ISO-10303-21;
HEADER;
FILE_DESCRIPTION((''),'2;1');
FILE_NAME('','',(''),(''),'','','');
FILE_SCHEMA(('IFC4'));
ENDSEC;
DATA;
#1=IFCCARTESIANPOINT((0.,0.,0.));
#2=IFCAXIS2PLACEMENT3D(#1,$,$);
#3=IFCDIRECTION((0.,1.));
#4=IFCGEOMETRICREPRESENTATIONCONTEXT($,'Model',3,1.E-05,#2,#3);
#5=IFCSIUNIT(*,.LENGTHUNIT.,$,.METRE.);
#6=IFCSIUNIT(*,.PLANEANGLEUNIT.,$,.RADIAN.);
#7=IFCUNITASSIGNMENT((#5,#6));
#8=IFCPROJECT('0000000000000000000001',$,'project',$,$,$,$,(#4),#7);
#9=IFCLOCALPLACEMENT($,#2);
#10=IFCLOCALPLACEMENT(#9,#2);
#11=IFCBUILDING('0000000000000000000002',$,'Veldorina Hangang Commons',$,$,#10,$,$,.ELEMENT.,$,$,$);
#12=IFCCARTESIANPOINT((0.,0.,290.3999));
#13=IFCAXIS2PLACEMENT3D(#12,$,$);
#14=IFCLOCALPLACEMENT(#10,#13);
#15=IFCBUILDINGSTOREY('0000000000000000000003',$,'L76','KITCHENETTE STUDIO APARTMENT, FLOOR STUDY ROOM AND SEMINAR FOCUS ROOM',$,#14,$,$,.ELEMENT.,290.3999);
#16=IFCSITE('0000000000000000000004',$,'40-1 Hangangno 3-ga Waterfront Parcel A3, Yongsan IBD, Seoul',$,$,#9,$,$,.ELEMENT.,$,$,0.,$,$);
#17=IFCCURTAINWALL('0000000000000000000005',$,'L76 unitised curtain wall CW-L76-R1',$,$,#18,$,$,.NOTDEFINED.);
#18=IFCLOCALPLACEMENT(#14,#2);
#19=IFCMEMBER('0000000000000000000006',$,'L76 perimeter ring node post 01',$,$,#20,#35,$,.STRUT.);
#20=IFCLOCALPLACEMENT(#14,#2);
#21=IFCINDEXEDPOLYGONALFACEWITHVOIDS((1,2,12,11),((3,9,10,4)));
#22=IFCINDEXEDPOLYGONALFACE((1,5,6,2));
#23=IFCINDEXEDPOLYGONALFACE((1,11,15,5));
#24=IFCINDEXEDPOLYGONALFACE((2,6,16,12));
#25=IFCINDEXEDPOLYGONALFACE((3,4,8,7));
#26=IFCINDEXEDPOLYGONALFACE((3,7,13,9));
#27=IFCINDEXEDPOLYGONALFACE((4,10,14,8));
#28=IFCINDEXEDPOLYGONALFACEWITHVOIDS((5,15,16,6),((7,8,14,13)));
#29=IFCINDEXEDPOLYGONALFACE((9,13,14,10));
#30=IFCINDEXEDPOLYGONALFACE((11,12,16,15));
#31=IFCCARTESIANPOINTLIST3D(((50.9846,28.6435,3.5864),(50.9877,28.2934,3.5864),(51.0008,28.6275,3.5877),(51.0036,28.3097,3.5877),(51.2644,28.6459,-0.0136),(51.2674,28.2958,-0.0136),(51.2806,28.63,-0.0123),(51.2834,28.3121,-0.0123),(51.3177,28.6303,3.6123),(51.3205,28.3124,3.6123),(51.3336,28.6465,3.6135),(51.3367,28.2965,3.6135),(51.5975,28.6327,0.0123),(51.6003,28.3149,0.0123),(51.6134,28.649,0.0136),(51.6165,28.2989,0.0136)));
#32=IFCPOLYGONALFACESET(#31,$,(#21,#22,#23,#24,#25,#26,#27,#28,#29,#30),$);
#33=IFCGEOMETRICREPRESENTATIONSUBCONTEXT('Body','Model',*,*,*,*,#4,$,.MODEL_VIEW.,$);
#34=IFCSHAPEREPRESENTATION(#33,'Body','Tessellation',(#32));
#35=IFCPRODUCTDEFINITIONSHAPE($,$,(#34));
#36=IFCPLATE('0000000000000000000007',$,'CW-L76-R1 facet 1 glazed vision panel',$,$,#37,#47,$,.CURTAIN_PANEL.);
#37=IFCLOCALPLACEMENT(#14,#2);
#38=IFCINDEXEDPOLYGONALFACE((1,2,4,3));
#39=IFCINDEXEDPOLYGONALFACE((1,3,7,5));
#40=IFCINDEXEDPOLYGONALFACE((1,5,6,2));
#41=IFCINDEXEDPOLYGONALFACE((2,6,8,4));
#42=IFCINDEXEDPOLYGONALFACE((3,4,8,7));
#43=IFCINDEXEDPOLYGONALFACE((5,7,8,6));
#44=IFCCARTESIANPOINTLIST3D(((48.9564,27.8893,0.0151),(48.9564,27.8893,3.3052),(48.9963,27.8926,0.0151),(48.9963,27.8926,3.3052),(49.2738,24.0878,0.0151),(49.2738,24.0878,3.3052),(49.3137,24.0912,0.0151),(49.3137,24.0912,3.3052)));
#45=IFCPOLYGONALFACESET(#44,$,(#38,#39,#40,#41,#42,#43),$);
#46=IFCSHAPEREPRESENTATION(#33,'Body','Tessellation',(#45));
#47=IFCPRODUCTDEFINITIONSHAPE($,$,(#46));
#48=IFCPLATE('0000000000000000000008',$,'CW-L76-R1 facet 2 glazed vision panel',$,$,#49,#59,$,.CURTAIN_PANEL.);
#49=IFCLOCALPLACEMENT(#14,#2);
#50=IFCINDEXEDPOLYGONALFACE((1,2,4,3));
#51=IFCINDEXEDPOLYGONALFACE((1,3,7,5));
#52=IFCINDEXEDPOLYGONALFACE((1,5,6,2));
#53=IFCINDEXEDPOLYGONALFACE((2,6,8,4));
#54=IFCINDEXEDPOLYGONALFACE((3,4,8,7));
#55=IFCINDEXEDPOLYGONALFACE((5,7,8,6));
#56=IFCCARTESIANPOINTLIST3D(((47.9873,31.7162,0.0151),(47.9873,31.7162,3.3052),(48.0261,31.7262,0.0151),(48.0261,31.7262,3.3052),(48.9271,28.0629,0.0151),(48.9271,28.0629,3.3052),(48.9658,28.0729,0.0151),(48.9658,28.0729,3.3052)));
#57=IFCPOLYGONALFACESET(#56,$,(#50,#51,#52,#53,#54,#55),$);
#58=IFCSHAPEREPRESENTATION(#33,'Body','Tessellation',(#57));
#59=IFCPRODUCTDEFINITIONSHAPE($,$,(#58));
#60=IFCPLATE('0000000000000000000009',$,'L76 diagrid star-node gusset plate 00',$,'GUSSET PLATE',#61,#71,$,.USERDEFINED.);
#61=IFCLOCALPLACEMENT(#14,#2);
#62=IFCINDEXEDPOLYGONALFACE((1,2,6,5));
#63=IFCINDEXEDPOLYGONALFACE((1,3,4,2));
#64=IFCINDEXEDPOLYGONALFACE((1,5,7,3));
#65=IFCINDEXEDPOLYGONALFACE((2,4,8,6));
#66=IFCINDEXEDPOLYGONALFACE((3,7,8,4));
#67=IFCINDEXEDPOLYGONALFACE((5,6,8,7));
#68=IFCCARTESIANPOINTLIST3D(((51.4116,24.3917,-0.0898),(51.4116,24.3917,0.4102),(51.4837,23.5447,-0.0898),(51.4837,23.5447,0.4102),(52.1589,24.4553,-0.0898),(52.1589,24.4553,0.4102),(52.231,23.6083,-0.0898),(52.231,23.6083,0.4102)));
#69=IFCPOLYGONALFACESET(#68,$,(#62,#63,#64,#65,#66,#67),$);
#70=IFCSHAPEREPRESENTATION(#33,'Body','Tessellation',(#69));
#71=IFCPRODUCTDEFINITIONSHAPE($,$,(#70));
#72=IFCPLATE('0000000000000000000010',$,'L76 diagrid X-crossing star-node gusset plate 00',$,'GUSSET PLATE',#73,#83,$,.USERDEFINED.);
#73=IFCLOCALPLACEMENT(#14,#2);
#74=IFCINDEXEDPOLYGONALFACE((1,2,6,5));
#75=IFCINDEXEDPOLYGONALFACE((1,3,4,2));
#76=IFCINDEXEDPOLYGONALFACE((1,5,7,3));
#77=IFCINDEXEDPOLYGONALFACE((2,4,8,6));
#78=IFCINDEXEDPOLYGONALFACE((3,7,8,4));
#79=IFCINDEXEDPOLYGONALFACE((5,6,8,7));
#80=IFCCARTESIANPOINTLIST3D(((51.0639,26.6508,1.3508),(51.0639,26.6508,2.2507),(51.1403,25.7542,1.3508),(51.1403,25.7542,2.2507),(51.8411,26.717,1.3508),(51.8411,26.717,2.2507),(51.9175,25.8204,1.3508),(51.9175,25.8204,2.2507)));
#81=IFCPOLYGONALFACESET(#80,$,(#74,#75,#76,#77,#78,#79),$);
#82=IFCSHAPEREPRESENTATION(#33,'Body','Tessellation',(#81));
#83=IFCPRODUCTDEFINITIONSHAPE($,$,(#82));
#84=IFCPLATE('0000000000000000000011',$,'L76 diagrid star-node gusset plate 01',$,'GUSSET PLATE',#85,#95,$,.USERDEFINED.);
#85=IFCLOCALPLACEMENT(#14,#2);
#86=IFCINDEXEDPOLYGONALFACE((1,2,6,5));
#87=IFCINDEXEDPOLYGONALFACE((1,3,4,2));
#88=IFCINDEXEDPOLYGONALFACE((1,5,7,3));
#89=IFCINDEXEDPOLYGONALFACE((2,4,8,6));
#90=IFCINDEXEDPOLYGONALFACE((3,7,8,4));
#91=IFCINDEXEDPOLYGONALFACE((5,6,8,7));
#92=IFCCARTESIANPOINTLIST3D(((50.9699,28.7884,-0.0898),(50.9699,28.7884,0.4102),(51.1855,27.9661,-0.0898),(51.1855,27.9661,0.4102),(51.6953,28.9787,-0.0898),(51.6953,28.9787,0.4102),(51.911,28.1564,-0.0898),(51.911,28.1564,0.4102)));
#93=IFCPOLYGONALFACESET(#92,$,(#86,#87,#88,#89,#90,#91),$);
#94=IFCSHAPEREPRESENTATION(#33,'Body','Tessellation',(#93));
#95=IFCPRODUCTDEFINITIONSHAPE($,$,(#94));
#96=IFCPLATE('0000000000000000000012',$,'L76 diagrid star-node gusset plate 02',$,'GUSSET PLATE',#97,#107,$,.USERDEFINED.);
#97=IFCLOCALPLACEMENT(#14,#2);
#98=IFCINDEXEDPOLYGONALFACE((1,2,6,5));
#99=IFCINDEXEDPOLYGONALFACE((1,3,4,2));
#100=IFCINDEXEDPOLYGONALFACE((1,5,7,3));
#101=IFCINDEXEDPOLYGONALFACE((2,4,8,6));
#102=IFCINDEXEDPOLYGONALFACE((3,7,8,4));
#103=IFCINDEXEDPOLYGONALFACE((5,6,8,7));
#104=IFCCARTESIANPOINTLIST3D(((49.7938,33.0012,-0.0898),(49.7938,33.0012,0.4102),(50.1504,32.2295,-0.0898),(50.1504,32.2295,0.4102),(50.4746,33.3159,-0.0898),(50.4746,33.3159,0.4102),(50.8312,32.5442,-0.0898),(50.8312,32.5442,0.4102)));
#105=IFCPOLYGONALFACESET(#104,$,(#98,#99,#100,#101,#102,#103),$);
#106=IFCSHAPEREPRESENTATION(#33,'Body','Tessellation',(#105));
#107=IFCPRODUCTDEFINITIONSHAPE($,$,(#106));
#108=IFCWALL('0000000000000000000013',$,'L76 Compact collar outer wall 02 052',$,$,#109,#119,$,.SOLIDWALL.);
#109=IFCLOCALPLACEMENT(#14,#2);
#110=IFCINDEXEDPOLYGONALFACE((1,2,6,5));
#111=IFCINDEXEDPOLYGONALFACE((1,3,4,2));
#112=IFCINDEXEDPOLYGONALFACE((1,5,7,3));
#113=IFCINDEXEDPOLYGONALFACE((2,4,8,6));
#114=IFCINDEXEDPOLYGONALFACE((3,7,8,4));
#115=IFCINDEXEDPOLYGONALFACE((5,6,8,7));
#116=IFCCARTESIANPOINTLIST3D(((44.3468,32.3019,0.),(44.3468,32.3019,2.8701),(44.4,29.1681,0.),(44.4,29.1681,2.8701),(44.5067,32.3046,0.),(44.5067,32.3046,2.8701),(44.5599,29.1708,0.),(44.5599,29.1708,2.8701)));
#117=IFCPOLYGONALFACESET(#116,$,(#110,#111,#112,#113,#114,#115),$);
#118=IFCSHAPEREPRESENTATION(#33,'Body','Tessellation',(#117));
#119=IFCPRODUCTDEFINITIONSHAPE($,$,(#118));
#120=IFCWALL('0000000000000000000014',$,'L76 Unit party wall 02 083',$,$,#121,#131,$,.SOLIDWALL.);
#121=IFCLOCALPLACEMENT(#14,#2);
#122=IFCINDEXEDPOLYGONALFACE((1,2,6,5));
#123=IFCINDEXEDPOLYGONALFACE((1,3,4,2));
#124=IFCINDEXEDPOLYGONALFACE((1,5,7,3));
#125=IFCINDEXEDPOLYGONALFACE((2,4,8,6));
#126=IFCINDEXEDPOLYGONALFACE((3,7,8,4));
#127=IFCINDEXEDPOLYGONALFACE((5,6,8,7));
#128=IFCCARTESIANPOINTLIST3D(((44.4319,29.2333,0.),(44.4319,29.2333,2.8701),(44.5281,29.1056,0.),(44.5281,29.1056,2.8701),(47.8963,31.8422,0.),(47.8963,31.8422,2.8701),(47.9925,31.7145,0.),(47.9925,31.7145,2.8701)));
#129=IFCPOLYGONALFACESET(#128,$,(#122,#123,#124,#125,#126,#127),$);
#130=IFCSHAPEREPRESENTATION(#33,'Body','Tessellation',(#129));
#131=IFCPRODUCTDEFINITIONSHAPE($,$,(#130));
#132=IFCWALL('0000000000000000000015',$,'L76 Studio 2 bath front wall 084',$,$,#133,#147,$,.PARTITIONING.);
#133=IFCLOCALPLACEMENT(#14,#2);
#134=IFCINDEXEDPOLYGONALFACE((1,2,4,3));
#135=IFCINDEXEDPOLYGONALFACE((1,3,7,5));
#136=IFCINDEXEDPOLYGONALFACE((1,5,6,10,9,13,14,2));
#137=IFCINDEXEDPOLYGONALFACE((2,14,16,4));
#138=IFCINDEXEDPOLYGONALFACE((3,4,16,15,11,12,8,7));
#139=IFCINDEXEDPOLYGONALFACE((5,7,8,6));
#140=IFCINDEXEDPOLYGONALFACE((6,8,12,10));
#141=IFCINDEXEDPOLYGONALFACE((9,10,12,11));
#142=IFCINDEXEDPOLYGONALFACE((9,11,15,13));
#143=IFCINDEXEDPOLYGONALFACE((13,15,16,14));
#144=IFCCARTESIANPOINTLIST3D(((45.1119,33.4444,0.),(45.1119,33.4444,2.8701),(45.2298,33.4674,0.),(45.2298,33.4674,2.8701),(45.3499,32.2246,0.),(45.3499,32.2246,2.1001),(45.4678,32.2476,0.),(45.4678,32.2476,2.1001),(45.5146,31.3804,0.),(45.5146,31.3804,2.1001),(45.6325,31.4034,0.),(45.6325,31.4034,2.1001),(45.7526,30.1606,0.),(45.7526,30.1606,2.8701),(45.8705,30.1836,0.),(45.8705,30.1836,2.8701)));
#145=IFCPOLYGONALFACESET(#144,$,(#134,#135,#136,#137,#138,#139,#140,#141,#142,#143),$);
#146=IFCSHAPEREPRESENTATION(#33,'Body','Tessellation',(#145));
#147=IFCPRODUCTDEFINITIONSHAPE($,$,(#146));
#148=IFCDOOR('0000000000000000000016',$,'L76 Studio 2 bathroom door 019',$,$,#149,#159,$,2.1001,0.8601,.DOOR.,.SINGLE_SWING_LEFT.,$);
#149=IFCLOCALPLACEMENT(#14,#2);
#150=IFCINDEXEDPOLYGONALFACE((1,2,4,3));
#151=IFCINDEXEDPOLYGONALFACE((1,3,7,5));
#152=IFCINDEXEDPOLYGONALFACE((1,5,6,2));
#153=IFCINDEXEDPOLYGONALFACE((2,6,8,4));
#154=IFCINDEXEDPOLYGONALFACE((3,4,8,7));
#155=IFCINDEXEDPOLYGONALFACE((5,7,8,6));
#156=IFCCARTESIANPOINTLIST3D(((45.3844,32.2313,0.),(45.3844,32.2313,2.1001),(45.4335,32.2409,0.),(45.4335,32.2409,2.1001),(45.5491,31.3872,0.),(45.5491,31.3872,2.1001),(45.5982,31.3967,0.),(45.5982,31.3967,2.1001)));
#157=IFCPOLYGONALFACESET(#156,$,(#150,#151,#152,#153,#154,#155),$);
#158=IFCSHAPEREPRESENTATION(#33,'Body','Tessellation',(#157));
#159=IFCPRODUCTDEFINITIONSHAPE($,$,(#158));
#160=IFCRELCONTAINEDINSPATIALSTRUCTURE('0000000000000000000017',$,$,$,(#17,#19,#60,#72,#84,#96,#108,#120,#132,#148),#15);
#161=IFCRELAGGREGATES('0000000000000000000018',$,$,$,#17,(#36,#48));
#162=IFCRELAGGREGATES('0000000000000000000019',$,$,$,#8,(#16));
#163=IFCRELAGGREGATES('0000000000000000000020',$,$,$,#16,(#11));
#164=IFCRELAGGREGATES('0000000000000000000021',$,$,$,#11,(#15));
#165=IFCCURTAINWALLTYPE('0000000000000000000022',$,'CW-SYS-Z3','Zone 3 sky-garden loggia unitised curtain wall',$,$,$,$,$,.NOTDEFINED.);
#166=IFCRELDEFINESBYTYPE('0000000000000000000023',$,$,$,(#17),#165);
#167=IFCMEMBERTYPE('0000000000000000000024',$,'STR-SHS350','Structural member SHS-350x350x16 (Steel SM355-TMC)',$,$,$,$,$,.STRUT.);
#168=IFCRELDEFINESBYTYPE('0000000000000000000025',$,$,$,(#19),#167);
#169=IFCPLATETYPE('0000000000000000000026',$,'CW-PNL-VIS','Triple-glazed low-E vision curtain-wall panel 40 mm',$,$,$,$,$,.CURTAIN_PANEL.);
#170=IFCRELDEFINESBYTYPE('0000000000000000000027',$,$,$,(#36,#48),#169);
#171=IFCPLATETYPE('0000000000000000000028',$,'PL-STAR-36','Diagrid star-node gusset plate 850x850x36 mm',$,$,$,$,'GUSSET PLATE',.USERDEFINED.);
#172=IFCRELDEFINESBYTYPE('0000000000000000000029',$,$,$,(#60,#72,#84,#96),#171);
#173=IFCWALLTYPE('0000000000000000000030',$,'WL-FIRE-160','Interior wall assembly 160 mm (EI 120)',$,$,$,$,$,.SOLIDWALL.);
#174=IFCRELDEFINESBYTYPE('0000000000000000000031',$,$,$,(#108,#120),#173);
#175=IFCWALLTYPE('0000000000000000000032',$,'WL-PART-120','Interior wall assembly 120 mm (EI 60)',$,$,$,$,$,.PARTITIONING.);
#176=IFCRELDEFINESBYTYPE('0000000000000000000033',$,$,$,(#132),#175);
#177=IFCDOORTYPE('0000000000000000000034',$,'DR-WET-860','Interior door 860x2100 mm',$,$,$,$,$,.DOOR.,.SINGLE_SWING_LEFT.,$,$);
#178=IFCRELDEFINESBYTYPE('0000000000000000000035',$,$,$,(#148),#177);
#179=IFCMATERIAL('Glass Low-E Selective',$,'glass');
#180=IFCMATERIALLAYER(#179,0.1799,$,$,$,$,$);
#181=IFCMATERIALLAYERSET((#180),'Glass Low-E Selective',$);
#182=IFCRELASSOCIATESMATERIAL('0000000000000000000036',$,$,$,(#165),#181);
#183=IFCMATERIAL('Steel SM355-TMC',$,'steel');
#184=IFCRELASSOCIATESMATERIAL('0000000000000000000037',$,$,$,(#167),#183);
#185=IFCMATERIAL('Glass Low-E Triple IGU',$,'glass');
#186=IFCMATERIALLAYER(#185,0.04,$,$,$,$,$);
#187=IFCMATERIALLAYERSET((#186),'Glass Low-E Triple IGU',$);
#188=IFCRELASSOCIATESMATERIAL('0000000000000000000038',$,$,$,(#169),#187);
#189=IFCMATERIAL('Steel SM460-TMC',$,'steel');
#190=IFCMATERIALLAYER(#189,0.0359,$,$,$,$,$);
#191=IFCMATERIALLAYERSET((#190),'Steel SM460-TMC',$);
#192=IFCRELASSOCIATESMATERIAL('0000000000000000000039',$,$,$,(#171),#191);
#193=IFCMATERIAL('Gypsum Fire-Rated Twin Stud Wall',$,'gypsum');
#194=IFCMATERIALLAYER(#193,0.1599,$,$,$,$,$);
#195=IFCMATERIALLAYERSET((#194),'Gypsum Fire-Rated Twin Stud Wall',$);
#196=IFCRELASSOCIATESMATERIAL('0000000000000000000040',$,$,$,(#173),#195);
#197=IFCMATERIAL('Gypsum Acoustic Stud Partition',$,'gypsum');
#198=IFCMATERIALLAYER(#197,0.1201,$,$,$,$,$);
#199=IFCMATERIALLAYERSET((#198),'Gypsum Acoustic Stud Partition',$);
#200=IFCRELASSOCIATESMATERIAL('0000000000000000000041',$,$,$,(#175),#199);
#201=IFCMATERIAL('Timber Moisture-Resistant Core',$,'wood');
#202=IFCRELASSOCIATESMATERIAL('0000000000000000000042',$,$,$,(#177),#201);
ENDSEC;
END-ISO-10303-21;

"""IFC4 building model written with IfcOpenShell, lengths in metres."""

from ifc_helpers import new_model, si_unit, direction, frame, frame_2d, origin, origin_2d, place, context, subcontext, project, spatial, rectangle, hollow_rectangle, extrude, material, layer, layer_set, material_profile, profile_set, type_object, element, fill, aggregate, save


model = new_model("IFC4")

# Units and contexts
model_context = context("Model", 3, precision=1e-05, world=origin(), true_north=direction((0.0, 1.0)))
body_context = subcontext(model_context, "Body", "Model", "MODEL_VIEW")
ifc_project = project(units=[si_unit("LENGTHUNIT", "METRE"), si_unit("PLANEANGLEUNIT", "RADIAN")], contexts=[model_context])

# Site, building, storey
site_placement = place(None, origin())
site = spatial("IfcSite", under=ifc_project, at=site_placement, Name="40-1 Hangangno 3-ga Waterfront Parcel A3, Yongsan IBD, Seoul", CompositionType="ELEMENT", RefElevation=0.0)
building_placement = place(site_placement, origin())
building = spatial("IfcBuilding", under=site, at=building_placement, Name="Veldorina Hangang Commons", CompositionType="ELEMENT")
storey_placement = place(building_placement, frame((0.0, 0.0, 290.3999)))
storey = spatial("IfcBuildingStorey", under=building, at=storey_placement, Name="L76", Description="KITCHENETTE STUDIO APARTMENT, FLOOR STUDY ROOM AND SEMINAR FOCUS ROOM", CompositionType="ELEMENT", Elevation=290.3999)

# Shared definitions
ifc_material_1 = material(Name="Steel SM355-TMC", Category="steel")

# Curtain wall
ifc_material_2 = material(Name="Glass Low-E Selective", Category="glass")
ifc_layer_1 = layer(ifc_material_2, 0.1799)
ifc_layer_set_1 = layer_set([ifc_layer_1], Name="Glass Low-E Selective")
curtain_wall_type = type_object("IfcCurtainWallType", Name="CW-SYS-Z3", Description="Zone 3 sky-garden loggia unitised curtain wall", PredefinedType="NOTDEFINED", material=ifc_layer_set_1)
curtain_wall_placement = place(storey_placement, origin())
curtain_wall = element("IfcCurtainWall", 1, at=curtain_wall_placement, inside=storey, type_object=curtain_wall_type, Name="L76 unitised curtain wall CW-L76-R1", PredefinedType="NOTDEFINED")

# Member
ifc_material_profile_1 = material_profile(ifc_material_1, hollow_rectangle(XDim=0.3501, YDim=0.3501, WallThickness=0.0161, at=origin_2d()), Name="SHS-350x350x16")
ifc_profile_set_1 = profile_set([ifc_material_profile_1], Name="Steel SM355-TMC")
member_type_1 = type_object("IfcMemberType", Name="STR-SHS350", Description="Structural member SHS-350x350x16 (Steel SM355-TMC)", PredefinedType="STRUT", material=ifc_profile_set_1)
member_1_placement = place(storey_placement, frame((51.4404, 28.4724, 0.0), z_axis=(-0.077482, -0.000676, 0.996993), x_axis=(0.008726, -0.999962, 0.0)))
element("IfcMember", 2, at=member_1_placement, inside=storey, type_object=member_type_1, Name="L76 perimeter ring node post 01", PredefinedType="STRUT", context=body_context, shape_type="SweptSolid", body=[
    extrude(hollow_rectangle(XDim=0.3501, YDim=0.3501, WallThickness=0.0161, at=origin_2d()), origin(), (0.0, 0.0, 1.0), 3.6108),
])

# Plates
ifc_material_3 = material(Name="Glass Low-E Triple IGU", Category="glass")
ifc_layer_2 = layer(ifc_material_3, 0.04)
ifc_layer_set_2 = layer_set([ifc_layer_2], Name="Glass Low-E Triple IGU")
plate_type_1 = type_object("IfcPlateType", Name="CW-PNL-VIS", Description="Triple-glazed low-E vision curtain-wall panel 40 mm", PredefinedType="CURTAIN_PANEL", material=ifc_layer_set_2)
plate_1_placement = place(storey_placement, frame((49.135, 25.9902, 0.0151), z_axis=(0.0, 0.0, 1.0), x_axis=(-0.083208, 0.996532, 0.0)))
plate_1 = element("IfcPlate", 3, at=plate_1_placement, type_object=plate_type_1, Name="CW-L76-R1 facet 1 glazed vision panel", PredefinedType="CURTAIN_PANEL", context=body_context, shape_type="SweptSolid", body=[
    extrude(rectangle(XDim=3.8147, YDim=0.04, at=origin_2d()), origin(), (0.0, 0.0, 1.0), 3.29),
])
plate_2_placement = place(storey_placement, frame((48.4766, 29.8945, 0.0151), z_axis=(0.0, 0.0, 1.0), x_axis=(-0.249129, 0.96847, 0.0)))
plate_2 = element("IfcPlate", 4, at=plate_2_placement, type_object=plate_type_1, Name="CW-L76-R1 facet 2 glazed vision panel", PredefinedType="CURTAIN_PANEL", context=body_context, shape_type="SweptSolid", body=[
    extrude(rectangle(XDim=3.7722, YDim=0.04, at=origin_2d()), origin(), (0.0, 0.0, 1.0), 3.29),
])
aggregate(curtain_wall, [plate_1, plate_2])

# Plates
ifc_material_4 = material(Name="Steel SM460-TMC", Category="steel")
ifc_layer_3 = layer(ifc_material_4, 0.0359)
ifc_layer_set_3 = layer_set([ifc_layer_3], Name="Steel SM460-TMC")
plate_type_2 = type_object("IfcPlateType", Name="PL-STAR-36", Description="Diagrid star-node gusset plate 850x850x36 mm", ElementType="GUSSET PLATE", PredefinedType="USERDEFINED", material=ifc_layer_set_3)
plate_3_placement = place(storey_placement, frame((51.8213, 24.0, -0.0898), z_axis=(0.0, 0.0, 1.0), x_axis=(-0.08486, 0.996393, 0.0)))
element("IfcPlate", 5, at=plate_3_placement, inside=storey, type_object=plate_type_2, Name="L76 diagrid star-node gusset plate 00", ObjectType="GUSSET PLATE", PredefinedType="USERDEFINED", context=body_context, shape_type="SweptSolid", body=[
    extrude(rectangle(XDim=0.8501, YDim=0.75, at=origin_2d()), origin(), (0.0, 0.0, 1.0), 0.5),
])
plate_4_placement = place(storey_placement, frame((51.4907, 26.2356, 1.3508), z_axis=(0.0, 0.0, 1.0), x_axis=(-0.08486, 0.996393, 0.0)))
element("IfcPlate", 6, at=plate_4_placement, inside=storey, type_object=plate_type_2, Name="L76 diagrid X-crossing star-node gusset plate 00", ObjectType="GUSSET PLATE", PredefinedType="USERDEFINED", context=body_context, shape_type="SweptSolid", body=[
    extrude(rectangle(XDim=0.8999, YDim=0.78, at=origin_2d()), origin(), (0.0, 0.0, 1.0), 0.8999),
])
for number, where, z_axis, x_axis, name in (
    (7, (51.4404, 28.4724, -0.0898), (0.0, 0.0, 1.0), (-0.25369, 0.967285, 0.0), "L76 diagrid star-node gusset plate 01"),
    (8, (50.3125, 32.7727, -0.0898), (0.0, 0.0, 1.0), (-0.419531, 0.907741, 0.0), "L76 diagrid star-node gusset plate 02"),
):
    element("IfcPlate", number, at=place(storey_placement, frame(where, z_axis=z_axis, x_axis=x_axis)), inside=storey, type_object=plate_type_2, Name=name, ObjectType="GUSSET PLATE", PredefinedType="USERDEFINED", context=body_context, shape_type="SweptSolid", body=[
        extrude(rectangle(XDim=0.8501, YDim=0.75, at=origin_2d()), origin(), (0.0, 0.0, 1.0), 0.5),
    ])

# Walls
ifc_material_5 = material(Name="Gypsum Fire-Rated Twin Stud Wall", Category="gypsum")
ifc_layer_4 = layer(ifc_material_5, 0.1599)
ifc_layer_set_4 = layer_set([ifc_layer_4], Name="Gypsum Fire-Rated Twin Stud Wall")
wall_type_1 = type_object("IfcWallType", Name="WL-FIRE-160", Description="Interior wall assembly 160 mm (EI 120)", PredefinedType="SOLIDWALL", material=ifc_layer_set_4)
wall_1_placement = place(storey_placement, frame((44.48, 29.1694, 0.0), z_axis=(0.0, 0.0, 1.0), x_axis=(-0.016981, 0.999856, 0.0)))
element("IfcWall", 9, at=wall_1_placement, inside=storey, type_object=wall_type_1, Name="L76 Compact collar outer wall 02 052", PredefinedType="SOLIDWALL", context=body_context, shape_type="SweptSolid", body=[
    extrude(rectangle(XDim=3.1343, YDim=0.1599, at=frame_2d((1.5671, 0.0))), origin(), (0.0, 0.0, 1.0), 2.8701),
])
wall_2_placement = place(storey_placement, frame((44.48, 29.1694, 0.0), z_axis=(0.0, 0.0, 1.0), x_axis=(0.798823, 0.601566, 0.0)))
element("IfcWall", 10, at=wall_2_placement, inside=storey, type_object=wall_type_1, Name="L76 Unit party wall 02 083", PredefinedType="SOLIDWALL", context=body_context, shape_type="SweptSolid", body=[
    extrude(rectangle(XDim=4.3369, YDim=0.1599, at=frame_2d((2.1685, 0.0))), origin(), (0.0, 0.0, 1.0), 2.8701),
])

# Wall, opening, door
ifc_material_6 = material(Name="Gypsum Acoustic Stud Partition", Category="gypsum")
ifc_layer_5 = layer(ifc_material_6, 0.1201)
ifc_layer_set_5 = layer_set([ifc_layer_5], Name="Gypsum Acoustic Stud Partition")
wall_type_2 = type_object("IfcWallType", Name="WL-PART-120", Description="Interior wall assembly 120 mm (EI 60)", PredefinedType="PARTITIONING", material=ifc_layer_set_5)
wall_3_placement = place(storey_placement, frame((45.8115, 30.1721, 0.0), z_axis=(0.0, 0.0, 1.0), x_axis=(-0.191483, 0.981496, 0.0)))
wall_3 = element("IfcWall", 11, at=wall_3_placement, inside=storey, type_object=wall_type_2, Name="L76 Studio 2 bath front wall 084", PredefinedType="PARTITIONING", context=body_context, shape_type="SweptSolid", body=[
    extrude(rectangle(XDim=3.3457, YDim=0.1201, at=frame_2d((1.6729, 0.0))), origin(), (0.0, 0.0, 1.0), 2.8701),
])
opening_placement = place(wall_3_placement, frame((1.2427, 0.0, 0.0)))
opening = element("IfcOpeningElement", 12, at=opening_placement, cuts=wall_3, PredefinedType="OPENING", context=body_context, shape_type="SweptSolid", body=[
    extrude(rectangle(XDim=0.8601, YDim=2.1001, at=frame_2d((0.4302, 1.05))), frame((0.0, 0.0701, 0.0), z_axis=(0.0, -1.0, 0.0), x_axis=(1.0, 0.0, 0.0)), (0.0, 0.0, 1.0), 0.1401),
])
ifc_material_7 = material(Name="Timber Moisture-Resistant Core", Category="wood")
door_type = type_object("IfcDoorType", Name="DR-WET-860", Description="Interior door 860x2100 mm", OperationType="SINGLE_SWING_LEFT", PredefinedType="DOOR", material=ifc_material_7)
door_placement = place(opening_placement, origin())
door = element("IfcDoor", 13, at=door_placement, inside=storey, type_object=door_type, Name="L76 Studio 2 bathroom door 019", OperationType="SINGLE_SWING_LEFT", OverallHeight=2.1001, OverallWidth=0.8601, PredefinedType="DOOR", context=body_context, shape_type="SweptSolid", body=[
    extrude(rectangle(XDim=0.8601, YDim=2.1001, at=frame_2d((0.4302, 1.05))), frame((0.0, 0.0249, 0.0), z_axis=(0.0, -1.0, 0.0), x_axis=(1.0, 0.0, 0.0)), (0.0, 0.0, 1.0), 0.05),
])
fill(opening, door)

save(model, "model.ifc")
